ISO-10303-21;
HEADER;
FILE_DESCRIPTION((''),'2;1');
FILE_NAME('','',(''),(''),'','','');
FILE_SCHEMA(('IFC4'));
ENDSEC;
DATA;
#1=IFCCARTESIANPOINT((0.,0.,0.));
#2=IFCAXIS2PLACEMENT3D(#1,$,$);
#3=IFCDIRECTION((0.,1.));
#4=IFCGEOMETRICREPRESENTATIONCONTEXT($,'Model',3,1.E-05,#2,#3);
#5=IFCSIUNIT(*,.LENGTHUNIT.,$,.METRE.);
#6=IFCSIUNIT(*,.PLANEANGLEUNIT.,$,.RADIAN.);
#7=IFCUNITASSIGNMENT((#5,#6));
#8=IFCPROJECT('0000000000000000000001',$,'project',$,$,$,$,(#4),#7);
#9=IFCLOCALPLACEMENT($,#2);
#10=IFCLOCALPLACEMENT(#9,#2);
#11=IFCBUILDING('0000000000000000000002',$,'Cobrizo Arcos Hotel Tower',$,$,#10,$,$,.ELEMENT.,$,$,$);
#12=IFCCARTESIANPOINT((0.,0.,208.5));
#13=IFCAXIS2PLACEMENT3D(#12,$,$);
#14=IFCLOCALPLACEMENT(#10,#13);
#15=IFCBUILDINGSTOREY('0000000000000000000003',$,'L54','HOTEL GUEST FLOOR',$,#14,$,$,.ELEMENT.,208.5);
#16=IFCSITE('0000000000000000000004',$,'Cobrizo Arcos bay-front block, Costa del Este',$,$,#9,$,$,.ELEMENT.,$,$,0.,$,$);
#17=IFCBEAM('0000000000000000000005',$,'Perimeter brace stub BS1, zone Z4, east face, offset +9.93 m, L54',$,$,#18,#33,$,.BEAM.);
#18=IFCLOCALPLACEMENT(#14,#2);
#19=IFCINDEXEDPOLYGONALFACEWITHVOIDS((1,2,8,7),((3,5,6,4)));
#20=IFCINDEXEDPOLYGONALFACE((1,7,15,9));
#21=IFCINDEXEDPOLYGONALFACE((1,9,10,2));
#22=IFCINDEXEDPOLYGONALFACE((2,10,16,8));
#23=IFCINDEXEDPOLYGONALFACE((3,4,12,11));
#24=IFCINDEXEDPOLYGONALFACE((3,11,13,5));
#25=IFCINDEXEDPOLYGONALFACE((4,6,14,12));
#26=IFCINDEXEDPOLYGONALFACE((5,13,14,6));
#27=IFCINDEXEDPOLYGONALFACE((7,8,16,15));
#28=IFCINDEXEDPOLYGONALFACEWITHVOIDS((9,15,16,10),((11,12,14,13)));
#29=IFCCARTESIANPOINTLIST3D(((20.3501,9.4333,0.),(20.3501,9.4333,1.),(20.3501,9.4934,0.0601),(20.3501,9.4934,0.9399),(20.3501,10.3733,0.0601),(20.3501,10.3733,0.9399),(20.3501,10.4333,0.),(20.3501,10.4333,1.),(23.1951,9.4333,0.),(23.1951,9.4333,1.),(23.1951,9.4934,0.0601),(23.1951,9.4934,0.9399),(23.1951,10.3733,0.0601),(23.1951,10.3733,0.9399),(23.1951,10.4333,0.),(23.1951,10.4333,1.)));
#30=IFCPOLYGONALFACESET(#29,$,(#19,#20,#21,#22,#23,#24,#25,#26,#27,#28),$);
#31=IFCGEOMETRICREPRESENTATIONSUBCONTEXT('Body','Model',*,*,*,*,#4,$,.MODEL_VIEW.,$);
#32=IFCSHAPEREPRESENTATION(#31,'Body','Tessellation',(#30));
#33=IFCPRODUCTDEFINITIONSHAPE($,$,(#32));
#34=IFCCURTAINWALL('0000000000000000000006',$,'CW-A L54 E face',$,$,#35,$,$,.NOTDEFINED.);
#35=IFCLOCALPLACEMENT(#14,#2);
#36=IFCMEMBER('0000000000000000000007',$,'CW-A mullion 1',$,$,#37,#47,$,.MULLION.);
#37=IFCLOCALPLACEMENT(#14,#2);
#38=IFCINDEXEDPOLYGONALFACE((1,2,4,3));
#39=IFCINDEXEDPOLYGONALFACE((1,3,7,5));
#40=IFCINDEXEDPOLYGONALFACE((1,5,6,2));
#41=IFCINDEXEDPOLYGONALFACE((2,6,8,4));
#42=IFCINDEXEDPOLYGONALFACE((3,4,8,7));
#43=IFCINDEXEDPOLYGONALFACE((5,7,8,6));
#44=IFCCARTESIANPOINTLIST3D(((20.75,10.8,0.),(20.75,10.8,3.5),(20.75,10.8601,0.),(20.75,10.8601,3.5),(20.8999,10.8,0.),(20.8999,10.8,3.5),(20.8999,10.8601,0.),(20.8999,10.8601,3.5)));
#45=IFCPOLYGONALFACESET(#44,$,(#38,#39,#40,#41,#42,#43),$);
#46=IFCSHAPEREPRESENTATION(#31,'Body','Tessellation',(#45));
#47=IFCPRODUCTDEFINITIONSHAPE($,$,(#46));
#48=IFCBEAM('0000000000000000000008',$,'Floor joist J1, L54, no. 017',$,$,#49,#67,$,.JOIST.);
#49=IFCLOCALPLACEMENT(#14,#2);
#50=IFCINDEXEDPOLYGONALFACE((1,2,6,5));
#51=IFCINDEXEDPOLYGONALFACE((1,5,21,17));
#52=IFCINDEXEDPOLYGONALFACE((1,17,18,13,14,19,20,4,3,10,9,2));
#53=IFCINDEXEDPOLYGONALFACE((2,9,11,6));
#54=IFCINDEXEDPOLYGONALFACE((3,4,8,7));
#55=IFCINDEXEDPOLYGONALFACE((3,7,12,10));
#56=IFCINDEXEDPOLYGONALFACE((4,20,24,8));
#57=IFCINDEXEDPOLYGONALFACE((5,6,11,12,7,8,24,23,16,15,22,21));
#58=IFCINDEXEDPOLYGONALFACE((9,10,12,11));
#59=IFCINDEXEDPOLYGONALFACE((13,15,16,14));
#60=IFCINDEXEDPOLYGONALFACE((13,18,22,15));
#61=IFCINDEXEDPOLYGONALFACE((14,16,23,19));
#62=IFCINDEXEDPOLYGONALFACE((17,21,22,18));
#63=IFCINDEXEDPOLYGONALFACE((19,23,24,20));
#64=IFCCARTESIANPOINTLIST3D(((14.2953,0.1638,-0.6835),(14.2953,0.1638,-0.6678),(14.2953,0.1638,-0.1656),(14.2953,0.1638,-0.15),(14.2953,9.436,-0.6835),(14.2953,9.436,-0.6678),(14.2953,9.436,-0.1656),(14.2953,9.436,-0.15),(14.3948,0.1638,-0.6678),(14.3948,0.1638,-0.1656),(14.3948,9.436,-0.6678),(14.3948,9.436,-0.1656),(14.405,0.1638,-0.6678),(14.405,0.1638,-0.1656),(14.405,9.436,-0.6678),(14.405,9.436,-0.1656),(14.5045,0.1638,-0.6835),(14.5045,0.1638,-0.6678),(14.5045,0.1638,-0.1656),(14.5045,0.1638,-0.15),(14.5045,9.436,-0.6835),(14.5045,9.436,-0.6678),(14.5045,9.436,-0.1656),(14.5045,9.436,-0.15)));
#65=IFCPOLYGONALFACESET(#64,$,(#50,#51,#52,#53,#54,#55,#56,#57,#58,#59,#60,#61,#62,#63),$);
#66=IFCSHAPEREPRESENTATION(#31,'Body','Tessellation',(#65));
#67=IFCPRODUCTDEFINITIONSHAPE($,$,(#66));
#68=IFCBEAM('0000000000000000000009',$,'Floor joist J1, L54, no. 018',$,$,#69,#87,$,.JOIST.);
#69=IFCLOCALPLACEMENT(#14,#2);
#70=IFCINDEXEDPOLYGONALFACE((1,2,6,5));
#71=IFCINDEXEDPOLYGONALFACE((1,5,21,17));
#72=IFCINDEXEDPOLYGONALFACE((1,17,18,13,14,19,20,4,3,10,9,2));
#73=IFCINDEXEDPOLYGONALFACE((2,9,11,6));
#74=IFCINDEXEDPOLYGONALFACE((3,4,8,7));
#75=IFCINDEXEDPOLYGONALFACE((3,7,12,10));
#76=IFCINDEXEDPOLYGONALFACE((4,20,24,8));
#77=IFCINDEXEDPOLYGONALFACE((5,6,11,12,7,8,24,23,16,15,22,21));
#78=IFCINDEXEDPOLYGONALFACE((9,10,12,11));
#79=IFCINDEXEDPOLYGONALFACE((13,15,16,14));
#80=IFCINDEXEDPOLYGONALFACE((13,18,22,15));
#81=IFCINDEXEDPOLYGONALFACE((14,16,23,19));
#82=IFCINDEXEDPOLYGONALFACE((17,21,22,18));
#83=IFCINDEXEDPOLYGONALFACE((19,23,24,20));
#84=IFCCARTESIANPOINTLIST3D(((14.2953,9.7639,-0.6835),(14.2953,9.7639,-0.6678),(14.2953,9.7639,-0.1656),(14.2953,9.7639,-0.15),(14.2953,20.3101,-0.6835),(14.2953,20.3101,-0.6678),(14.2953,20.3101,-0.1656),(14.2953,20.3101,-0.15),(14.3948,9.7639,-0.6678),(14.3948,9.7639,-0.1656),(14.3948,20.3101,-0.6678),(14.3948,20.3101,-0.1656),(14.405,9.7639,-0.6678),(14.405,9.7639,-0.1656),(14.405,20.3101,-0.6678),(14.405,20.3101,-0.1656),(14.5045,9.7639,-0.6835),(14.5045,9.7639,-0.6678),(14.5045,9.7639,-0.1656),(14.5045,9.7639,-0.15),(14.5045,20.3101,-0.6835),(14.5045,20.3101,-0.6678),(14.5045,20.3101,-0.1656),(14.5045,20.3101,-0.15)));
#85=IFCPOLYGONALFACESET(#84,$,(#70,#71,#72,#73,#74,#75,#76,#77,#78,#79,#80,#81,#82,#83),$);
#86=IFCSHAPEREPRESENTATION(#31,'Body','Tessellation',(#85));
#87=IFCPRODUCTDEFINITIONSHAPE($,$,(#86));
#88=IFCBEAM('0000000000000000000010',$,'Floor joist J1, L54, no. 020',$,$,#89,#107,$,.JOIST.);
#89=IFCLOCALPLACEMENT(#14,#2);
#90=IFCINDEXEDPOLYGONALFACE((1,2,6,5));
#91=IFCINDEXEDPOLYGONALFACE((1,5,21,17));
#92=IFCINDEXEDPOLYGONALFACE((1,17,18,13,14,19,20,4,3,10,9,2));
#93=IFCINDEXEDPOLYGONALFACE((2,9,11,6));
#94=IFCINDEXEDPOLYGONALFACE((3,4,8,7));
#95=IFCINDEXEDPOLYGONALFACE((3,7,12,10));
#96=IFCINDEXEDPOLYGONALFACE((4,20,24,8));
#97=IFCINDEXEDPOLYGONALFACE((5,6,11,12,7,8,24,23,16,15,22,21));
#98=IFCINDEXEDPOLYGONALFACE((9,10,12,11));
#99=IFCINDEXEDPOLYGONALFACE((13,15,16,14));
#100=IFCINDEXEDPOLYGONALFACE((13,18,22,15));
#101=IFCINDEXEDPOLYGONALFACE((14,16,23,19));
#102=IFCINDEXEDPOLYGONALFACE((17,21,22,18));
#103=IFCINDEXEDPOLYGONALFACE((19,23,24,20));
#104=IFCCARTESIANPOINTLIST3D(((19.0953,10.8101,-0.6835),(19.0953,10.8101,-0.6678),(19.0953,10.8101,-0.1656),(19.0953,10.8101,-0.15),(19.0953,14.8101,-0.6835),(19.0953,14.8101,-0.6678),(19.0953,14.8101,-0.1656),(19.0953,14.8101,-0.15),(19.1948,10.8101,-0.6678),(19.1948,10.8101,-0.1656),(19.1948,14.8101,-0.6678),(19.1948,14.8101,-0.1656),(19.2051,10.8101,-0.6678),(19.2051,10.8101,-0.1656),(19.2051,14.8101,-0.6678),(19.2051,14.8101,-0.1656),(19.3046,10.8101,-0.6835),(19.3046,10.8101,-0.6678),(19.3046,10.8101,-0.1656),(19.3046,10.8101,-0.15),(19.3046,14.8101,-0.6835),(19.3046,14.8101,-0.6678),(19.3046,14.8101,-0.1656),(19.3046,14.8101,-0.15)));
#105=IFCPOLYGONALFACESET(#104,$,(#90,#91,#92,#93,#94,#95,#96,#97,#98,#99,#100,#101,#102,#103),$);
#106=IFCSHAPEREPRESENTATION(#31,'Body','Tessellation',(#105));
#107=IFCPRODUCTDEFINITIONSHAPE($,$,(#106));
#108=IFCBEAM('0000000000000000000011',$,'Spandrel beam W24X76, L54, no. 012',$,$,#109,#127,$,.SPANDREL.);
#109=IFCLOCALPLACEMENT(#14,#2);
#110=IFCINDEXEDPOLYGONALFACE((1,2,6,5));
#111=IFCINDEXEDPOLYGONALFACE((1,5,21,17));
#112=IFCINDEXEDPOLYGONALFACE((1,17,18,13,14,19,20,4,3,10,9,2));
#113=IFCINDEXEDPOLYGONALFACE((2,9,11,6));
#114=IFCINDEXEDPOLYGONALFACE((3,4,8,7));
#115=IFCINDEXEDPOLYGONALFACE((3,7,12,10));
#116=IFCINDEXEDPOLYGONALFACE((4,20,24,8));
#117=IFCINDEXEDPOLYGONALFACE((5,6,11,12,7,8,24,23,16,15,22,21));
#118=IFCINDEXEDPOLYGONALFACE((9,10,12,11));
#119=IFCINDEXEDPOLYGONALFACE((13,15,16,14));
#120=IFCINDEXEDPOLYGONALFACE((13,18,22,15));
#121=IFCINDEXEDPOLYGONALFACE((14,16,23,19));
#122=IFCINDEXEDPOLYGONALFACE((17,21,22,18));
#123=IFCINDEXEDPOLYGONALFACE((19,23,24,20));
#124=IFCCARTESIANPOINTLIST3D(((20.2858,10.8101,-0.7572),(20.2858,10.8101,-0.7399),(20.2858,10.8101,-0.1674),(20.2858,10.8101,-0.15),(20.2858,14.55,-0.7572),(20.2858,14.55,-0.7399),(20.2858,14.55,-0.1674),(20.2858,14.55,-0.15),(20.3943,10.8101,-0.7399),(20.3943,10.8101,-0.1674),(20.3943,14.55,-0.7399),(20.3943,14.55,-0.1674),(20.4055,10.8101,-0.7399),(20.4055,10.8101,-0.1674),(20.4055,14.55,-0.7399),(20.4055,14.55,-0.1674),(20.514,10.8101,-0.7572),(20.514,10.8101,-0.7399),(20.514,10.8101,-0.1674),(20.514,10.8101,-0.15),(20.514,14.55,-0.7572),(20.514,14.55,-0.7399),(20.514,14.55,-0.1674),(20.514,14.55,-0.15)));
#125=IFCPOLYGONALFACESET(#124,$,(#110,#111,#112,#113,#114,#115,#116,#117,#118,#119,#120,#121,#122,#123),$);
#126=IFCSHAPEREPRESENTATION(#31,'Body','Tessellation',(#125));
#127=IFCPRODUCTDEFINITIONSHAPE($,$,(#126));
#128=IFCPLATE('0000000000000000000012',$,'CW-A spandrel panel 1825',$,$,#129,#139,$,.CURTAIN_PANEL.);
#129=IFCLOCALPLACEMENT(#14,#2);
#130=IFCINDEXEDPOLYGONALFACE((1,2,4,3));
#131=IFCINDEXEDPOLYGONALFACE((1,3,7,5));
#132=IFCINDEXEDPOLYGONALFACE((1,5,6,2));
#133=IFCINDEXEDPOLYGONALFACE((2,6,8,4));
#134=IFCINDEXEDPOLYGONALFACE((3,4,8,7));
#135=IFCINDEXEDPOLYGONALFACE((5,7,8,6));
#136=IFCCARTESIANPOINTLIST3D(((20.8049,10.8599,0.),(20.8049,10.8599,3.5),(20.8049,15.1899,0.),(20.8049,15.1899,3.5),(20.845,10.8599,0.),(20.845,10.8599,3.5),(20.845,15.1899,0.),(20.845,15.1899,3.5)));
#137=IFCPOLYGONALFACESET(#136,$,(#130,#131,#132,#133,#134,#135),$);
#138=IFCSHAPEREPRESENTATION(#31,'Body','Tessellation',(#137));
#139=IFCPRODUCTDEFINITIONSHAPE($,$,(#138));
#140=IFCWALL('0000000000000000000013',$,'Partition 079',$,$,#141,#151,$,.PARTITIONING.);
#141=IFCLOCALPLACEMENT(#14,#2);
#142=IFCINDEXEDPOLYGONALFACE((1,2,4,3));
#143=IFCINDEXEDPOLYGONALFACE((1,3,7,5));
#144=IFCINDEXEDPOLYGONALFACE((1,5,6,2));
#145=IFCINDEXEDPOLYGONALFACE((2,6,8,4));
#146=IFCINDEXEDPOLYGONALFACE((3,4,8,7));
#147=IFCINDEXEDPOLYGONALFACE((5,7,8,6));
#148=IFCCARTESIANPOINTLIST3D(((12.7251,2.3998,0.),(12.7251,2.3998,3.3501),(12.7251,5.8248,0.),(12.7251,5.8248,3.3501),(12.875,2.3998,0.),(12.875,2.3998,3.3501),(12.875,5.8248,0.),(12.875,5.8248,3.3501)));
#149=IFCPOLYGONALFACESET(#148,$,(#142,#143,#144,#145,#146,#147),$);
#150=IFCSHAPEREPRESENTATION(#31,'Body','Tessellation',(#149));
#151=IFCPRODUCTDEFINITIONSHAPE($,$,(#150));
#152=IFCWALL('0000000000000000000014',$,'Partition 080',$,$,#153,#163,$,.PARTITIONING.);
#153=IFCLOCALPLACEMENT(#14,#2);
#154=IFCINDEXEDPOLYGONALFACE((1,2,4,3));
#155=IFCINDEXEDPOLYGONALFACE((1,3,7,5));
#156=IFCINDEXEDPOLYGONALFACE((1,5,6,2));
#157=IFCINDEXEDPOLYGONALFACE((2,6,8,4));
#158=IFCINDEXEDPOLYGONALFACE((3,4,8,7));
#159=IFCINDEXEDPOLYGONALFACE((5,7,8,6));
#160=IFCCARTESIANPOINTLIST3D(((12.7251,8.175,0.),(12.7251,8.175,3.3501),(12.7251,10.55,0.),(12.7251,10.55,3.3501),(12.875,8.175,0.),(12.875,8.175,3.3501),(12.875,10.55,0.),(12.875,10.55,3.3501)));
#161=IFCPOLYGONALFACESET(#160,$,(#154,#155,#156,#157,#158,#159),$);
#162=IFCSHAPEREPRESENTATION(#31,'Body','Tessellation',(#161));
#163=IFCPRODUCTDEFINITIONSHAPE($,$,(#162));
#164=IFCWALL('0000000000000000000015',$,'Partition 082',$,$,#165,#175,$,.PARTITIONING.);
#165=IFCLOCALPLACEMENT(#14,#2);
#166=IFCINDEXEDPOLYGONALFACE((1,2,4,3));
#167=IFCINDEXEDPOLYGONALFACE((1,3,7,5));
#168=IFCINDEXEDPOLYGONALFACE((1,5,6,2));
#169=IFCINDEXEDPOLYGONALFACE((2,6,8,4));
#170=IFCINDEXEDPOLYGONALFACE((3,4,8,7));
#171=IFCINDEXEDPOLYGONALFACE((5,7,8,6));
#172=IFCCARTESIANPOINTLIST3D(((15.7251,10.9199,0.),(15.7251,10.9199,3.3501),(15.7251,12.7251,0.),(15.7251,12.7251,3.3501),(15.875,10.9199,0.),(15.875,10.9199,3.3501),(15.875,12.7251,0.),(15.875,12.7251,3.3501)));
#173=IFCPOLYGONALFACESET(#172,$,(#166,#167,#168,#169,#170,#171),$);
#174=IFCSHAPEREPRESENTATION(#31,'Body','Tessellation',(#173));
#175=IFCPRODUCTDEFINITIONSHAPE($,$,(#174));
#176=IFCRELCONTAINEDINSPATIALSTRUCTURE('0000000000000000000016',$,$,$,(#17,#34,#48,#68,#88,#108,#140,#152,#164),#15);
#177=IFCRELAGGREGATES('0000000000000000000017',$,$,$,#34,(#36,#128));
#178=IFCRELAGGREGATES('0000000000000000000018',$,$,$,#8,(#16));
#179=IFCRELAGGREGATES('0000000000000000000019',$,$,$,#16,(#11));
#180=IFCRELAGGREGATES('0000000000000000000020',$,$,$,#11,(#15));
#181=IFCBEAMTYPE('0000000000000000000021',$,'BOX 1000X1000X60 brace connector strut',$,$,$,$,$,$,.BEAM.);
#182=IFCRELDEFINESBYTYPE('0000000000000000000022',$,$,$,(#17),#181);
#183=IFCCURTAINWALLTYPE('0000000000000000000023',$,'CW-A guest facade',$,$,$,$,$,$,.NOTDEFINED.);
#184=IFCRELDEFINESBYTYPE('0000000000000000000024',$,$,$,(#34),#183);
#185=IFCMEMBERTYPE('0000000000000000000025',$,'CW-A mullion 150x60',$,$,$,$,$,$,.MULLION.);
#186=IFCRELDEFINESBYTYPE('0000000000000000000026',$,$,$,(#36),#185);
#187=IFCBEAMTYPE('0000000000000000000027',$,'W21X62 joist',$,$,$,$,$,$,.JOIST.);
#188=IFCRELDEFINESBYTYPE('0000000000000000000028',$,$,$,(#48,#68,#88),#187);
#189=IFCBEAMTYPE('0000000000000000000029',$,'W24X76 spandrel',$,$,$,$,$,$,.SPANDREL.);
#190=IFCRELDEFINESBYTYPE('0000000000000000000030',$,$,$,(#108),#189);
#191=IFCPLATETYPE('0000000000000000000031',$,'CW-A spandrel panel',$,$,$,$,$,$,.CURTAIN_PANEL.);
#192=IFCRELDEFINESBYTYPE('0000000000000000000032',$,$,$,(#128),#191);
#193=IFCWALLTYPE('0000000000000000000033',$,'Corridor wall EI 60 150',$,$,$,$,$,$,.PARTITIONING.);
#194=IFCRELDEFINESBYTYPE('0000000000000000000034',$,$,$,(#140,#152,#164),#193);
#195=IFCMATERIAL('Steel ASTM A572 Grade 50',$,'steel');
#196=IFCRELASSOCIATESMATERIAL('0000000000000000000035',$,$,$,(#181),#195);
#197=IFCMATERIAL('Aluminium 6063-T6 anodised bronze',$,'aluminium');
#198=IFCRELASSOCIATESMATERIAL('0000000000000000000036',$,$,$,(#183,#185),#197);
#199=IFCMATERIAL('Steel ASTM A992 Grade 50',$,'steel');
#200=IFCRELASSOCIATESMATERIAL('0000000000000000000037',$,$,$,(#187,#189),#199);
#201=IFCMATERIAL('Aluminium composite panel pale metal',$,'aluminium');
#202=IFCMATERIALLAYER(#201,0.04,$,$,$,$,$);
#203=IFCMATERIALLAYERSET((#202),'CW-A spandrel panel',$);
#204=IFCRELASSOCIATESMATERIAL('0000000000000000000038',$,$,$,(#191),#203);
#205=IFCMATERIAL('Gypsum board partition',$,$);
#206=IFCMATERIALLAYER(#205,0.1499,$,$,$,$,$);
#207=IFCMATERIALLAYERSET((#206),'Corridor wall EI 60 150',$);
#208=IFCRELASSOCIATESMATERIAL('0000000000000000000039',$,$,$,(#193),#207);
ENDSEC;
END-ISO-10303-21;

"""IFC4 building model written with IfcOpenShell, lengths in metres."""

from ifc_helpers import new_model, si_unit, direction, frame, frame_2d, origin, origin_2d, place, context, subcontext, project, spatial, rectangle, hollow_rectangle, i_section, extrude, material, layer, layer_set, material_profile, profile_set, type_object, element, aggregate, save


model = new_model("IFC4")

# Units and contexts
model_context = context("Model", 3, precision=1e-05, world=origin(), true_north=direction((0.0, 1.0)))
body_context = subcontext(model_context, "Body", "Model", "MODEL_VIEW")
ifc_project = project(units=[si_unit("LENGTHUNIT", "METRE"), si_unit("PLANEANGLEUNIT", "RADIAN")], contexts=[model_context])

# Site, building, storey
site_placement = place(None, origin())
site = spatial("IfcSite", under=ifc_project, at=site_placement, Name="Cobrizo Arcos bay-front block, Costa del Este", CompositionType="ELEMENT", RefElevation=0.0)
building_placement = place(site_placement, origin())
building = spatial("IfcBuilding", under=site, at=building_placement, Name="Cobrizo Arcos Hotel Tower", CompositionType="ELEMENT")
storey_placement = place(building_placement, frame((0.0, 0.0, 208.5)))
storey = spatial("IfcBuildingStorey", under=building, at=storey_placement, Name="L54", Description="HOTEL GUEST FLOOR", CompositionType="ELEMENT", Elevation=208.5)

# Beam
ifc_material_1 = material(Name="Steel ASTM A572 Grade 50", Category="steel")
ifc_material_profile_1 = material_profile(ifc_material_1, hollow_rectangle(XDim=1.0, YDim=1.0, WallThickness=0.0601, at=origin_2d()), Name="BOX 1000X1000X60")
ifc_profile_set_1 = profile_set([ifc_material_profile_1], Name="Steel ASTM A572 Grade 50")
beam_type_1 = type_object("IfcBeamType", Name="BOX 1000X1000X60 brace connector strut", PredefinedType="BEAM", material=ifc_profile_set_1)
beam_1_placement = place(storey_placement, frame((20.3501, 9.9333, 0.5), z_axis=(1.0, 0.0, 0.0), x_axis=(0.0, 1.0, 0.0)))
element("IfcBeam", 1, at=beam_1_placement, inside=storey, type_object=beam_type_1, Name="Perimeter brace stub BS1, zone Z4, east face, offset +9.93 m, L54", PredefinedType="BEAM", context=body_context, shape_type="SweptSolid", body=[
    extrude(hollow_rectangle(XDim=1.0, YDim=1.0, WallThickness=0.0601, at=origin_2d()), origin(), (0.0, 0.0, 1.0), 2.845),
])

# Curtain wall, member
ifc_material_2 = material(Name="Aluminium 6063-T6 anodised bronze", Category="aluminium")
curtain_wall_type = type_object("IfcCurtainWallType", Name="CW-A guest facade", PredefinedType="NOTDEFINED", material=ifc_material_2)
curtain_wall_placement = place(storey_placement, origin())
curtain_wall = element("IfcCurtainWall", 2, at=curtain_wall_placement, inside=storey, type_object=curtain_wall_type, Name="CW-A L54 E face", PredefinedType="NOTDEFINED")
ifc_material_profile_2 = material_profile(ifc_material_2, rectangle(XDim=0.1499, YDim=0.0601, at=origin_2d()), Name="CW-A mullion 150x60")
ifc_profile_set_2 = profile_set([ifc_material_profile_2], Name="Aluminium 6063-T6 anodised bronze")
member_type = type_object("IfcMemberType", Name="CW-A mullion 150x60", PredefinedType="MULLION", material=ifc_profile_set_2)
member_placement = place(storey_placement, frame((20.825, 10.8301, 0.0), z_axis=(0.0, 0.0, 1.0), x_axis=(1.0, 0.0, 0.0)))
member = element("IfcMember", 3, at=member_placement, type_object=member_type, Name="CW-A mullion 1", PredefinedType="MULLION", context=body_context, shape_type="SweptSolid", body=[
    extrude(rectangle(XDim=0.1499, YDim=0.0601, at=origin_2d()), origin(), (0.0, 0.0, 1.0), 3.5),
])

# Beams
ifc_material_3 = material(Name="Steel ASTM A992 Grade 50", Category="steel")
ifc_material_profile_3 = material_profile(ifc_material_3, i_section(OverallWidth=0.2092, OverallDepth=0.5334, WebThickness=0.0103, FlangeThickness=0.0156, at=origin_2d()), Name="W21X62")
ifc_profile_set_3 = profile_set([ifc_material_profile_3], Name="Steel ASTM A992 Grade 50")
beam_type_2 = type_object("IfcBeamType", Name="W21X62 joist", PredefinedType="JOIST", material=ifc_profile_set_3)
beam_2_placement = place(storey_placement, frame((14.3999, 0.1638, -0.4167), z_axis=(0.0, 1.0, 0.0), x_axis=(-1.0, 0.0, 0.0)))
element("IfcBeam", 4, at=beam_2_placement, inside=storey, type_object=beam_type_2, Name="Floor joist J1, L54, no. 017", PredefinedType="JOIST", context=body_context, shape_type="SweptSolid", body=[
    extrude(i_section(OverallWidth=0.2092, OverallDepth=0.5334, WebThickness=0.0103, FlangeThickness=0.0156, at=origin_2d()), origin(), (0.0, 0.0, 1.0), 9.2722),
])
beam_3_placement = place(storey_placement, frame((14.3999, 9.7639, -0.4167), z_axis=(0.0, 1.0, 0.0), x_axis=(-1.0, 0.0, 0.0)))
element("IfcBeam", 5, at=beam_3_placement, inside=storey, type_object=beam_type_2, Name="Floor joist J1, L54, no. 018", PredefinedType="JOIST", context=body_context, shape_type="SweptSolid", body=[
    extrude(i_section(OverallWidth=0.2092, OverallDepth=0.5334, WebThickness=0.0103, FlangeThickness=0.0156, at=origin_2d()), origin(), (0.0, 0.0, 1.0), 10.5461),
])
beam_4_placement = place(storey_placement, frame((19.2, 10.8101, -0.4167), z_axis=(0.0, 1.0, 0.0), x_axis=(-1.0, 0.0, 0.0)))
element("IfcBeam", 6, at=beam_4_placement, inside=storey, type_object=beam_type_2, Name="Floor joist J1, L54, no. 020", PredefinedType="JOIST", context=body_context, shape_type="SweptSolid", body=[
    extrude(i_section(OverallWidth=0.2092, OverallDepth=0.5334, WebThickness=0.0103, FlangeThickness=0.0156, at=origin_2d()), origin(), (0.0, 0.0, 1.0), 4.0),
])
ifc_material_profile_4 = material_profile(ifc_material_3, i_section(OverallWidth=0.2283, OverallDepth=0.6072, WebThickness=0.0112, FlangeThickness=0.0173, at=origin_2d()), Name="W24X76")
ifc_profile_set_4 = profile_set([ifc_material_profile_4], Name="Steel ASTM A992 Grade 50")
beam_type_3 = type_object("IfcBeamType", Name="W24X76 spandrel", PredefinedType="SPANDREL", material=ifc_profile_set_4)
beam_5_placement = place(storey_placement, frame((20.3999, 10.8101, -0.4536), z_axis=(0.0, 1.0, 0.0), x_axis=(-1.0, 0.0, 0.0)))
element("IfcBeam", 7, at=beam_5_placement, inside=storey, type_object=beam_type_3, Name="Spandrel beam W24X76, L54, no. 012", PredefinedType="SPANDREL", context=body_context, shape_type="SweptSolid", body=[
    extrude(i_section(OverallWidth=0.2283, OverallDepth=0.6072, WebThickness=0.0112, FlangeThickness=0.0173, at=origin_2d()), origin(), (0.0, 0.0, 1.0), 3.74),
])

# Plate
ifc_material_4 = material(Name="Aluminium composite panel pale metal", Category="aluminium")
ifc_layer_1 = layer(ifc_material_4, 0.04)
ifc_layer_set_1 = layer_set([ifc_layer_1], Name="CW-A spandrel panel")
plate_type = type_object("IfcPlateType", Name="CW-A spandrel panel", PredefinedType="CURTAIN_PANEL", material=ifc_layer_set_1)
plate_placement = place(storey_placement, frame((20.825, 13.0249, 0.0), z_axis=(0.0, 0.0, 1.0), x_axis=(0.0, 1.0, 0.0)))
plate = element("IfcPlate", 8, at=plate_placement, type_object=plate_type, Name="CW-A spandrel panel 1825", PredefinedType="CURTAIN_PANEL", context=body_context, shape_type="SweptSolid", body=[
    extrude(rectangle(XDim=4.3301, YDim=0.04, at=origin_2d()), origin(), (0.0, 0.0, 1.0), 3.5),
])
aggregate(curtain_wall, [member, plate])

# Walls
ifc_material_5 = material(Name="Gypsum board partition")
ifc_layer_2 = layer(ifc_material_5, 0.1499)
ifc_layer_set_2 = layer_set([ifc_layer_2], Name="Corridor wall EI 60 150")
wall_type_1 = type_object("IfcWallType", Name="Corridor wall EI 60 150", PredefinedType="PARTITIONING", material=ifc_layer_set_2)
wall_1_placement = place(storey_placement, frame((12.8, 2.3999, 0.0), z_axis=(0.0, 0.0, 1.0), x_axis=(0.0, 1.0, 0.0)))
element("IfcWall", 9, at=wall_1_placement, inside=storey, type_object=wall_type_1, Name="Partition 079", PredefinedType="PARTITIONING", context=body_context, shape_type="SweptSolid", body=[
    extrude(rectangle(XDim=3.425, YDim=0.1499, at=frame_2d((1.7124, 0.0))), origin(), (0.0, 0.0, 1.0), 3.3501),
])
wall_2_placement = place(storey_placement, frame((12.8, 8.175, 0.0), z_axis=(0.0, 0.0, 1.0), x_axis=(0.0, 1.0, 0.0)))
element("IfcWall", 10, at=wall_2_placement, inside=storey, type_object=wall_type_1, Name="Partition 080", PredefinedType="PARTITIONING", context=body_context, shape_type="SweptSolid", body=[
    extrude(rectangle(XDim=2.375, YDim=0.1499, at=frame_2d((1.1875, 0.0))), origin(), (0.0, 0.0, 1.0), 3.3501),
])
wall_3_placement = place(storey_placement, frame((15.8, 10.9199, 0.0), z_axis=(0.0, 0.0, 1.0), x_axis=(0.0, 1.0, 0.0)))
element("IfcWall", 11, at=wall_3_placement, inside=storey, type_object=wall_type_1, Name="Partition 082", PredefinedType="PARTITIONING", context=body_context, shape_type="SweptSolid", body=[
    extrude(rectangle(XDim=1.8052, YDim=0.1499, at=frame_2d((0.9026, 0.0))), origin(), (0.0, 0.0, 1.0), 3.3501),
])

save(model, "model.ifc")
